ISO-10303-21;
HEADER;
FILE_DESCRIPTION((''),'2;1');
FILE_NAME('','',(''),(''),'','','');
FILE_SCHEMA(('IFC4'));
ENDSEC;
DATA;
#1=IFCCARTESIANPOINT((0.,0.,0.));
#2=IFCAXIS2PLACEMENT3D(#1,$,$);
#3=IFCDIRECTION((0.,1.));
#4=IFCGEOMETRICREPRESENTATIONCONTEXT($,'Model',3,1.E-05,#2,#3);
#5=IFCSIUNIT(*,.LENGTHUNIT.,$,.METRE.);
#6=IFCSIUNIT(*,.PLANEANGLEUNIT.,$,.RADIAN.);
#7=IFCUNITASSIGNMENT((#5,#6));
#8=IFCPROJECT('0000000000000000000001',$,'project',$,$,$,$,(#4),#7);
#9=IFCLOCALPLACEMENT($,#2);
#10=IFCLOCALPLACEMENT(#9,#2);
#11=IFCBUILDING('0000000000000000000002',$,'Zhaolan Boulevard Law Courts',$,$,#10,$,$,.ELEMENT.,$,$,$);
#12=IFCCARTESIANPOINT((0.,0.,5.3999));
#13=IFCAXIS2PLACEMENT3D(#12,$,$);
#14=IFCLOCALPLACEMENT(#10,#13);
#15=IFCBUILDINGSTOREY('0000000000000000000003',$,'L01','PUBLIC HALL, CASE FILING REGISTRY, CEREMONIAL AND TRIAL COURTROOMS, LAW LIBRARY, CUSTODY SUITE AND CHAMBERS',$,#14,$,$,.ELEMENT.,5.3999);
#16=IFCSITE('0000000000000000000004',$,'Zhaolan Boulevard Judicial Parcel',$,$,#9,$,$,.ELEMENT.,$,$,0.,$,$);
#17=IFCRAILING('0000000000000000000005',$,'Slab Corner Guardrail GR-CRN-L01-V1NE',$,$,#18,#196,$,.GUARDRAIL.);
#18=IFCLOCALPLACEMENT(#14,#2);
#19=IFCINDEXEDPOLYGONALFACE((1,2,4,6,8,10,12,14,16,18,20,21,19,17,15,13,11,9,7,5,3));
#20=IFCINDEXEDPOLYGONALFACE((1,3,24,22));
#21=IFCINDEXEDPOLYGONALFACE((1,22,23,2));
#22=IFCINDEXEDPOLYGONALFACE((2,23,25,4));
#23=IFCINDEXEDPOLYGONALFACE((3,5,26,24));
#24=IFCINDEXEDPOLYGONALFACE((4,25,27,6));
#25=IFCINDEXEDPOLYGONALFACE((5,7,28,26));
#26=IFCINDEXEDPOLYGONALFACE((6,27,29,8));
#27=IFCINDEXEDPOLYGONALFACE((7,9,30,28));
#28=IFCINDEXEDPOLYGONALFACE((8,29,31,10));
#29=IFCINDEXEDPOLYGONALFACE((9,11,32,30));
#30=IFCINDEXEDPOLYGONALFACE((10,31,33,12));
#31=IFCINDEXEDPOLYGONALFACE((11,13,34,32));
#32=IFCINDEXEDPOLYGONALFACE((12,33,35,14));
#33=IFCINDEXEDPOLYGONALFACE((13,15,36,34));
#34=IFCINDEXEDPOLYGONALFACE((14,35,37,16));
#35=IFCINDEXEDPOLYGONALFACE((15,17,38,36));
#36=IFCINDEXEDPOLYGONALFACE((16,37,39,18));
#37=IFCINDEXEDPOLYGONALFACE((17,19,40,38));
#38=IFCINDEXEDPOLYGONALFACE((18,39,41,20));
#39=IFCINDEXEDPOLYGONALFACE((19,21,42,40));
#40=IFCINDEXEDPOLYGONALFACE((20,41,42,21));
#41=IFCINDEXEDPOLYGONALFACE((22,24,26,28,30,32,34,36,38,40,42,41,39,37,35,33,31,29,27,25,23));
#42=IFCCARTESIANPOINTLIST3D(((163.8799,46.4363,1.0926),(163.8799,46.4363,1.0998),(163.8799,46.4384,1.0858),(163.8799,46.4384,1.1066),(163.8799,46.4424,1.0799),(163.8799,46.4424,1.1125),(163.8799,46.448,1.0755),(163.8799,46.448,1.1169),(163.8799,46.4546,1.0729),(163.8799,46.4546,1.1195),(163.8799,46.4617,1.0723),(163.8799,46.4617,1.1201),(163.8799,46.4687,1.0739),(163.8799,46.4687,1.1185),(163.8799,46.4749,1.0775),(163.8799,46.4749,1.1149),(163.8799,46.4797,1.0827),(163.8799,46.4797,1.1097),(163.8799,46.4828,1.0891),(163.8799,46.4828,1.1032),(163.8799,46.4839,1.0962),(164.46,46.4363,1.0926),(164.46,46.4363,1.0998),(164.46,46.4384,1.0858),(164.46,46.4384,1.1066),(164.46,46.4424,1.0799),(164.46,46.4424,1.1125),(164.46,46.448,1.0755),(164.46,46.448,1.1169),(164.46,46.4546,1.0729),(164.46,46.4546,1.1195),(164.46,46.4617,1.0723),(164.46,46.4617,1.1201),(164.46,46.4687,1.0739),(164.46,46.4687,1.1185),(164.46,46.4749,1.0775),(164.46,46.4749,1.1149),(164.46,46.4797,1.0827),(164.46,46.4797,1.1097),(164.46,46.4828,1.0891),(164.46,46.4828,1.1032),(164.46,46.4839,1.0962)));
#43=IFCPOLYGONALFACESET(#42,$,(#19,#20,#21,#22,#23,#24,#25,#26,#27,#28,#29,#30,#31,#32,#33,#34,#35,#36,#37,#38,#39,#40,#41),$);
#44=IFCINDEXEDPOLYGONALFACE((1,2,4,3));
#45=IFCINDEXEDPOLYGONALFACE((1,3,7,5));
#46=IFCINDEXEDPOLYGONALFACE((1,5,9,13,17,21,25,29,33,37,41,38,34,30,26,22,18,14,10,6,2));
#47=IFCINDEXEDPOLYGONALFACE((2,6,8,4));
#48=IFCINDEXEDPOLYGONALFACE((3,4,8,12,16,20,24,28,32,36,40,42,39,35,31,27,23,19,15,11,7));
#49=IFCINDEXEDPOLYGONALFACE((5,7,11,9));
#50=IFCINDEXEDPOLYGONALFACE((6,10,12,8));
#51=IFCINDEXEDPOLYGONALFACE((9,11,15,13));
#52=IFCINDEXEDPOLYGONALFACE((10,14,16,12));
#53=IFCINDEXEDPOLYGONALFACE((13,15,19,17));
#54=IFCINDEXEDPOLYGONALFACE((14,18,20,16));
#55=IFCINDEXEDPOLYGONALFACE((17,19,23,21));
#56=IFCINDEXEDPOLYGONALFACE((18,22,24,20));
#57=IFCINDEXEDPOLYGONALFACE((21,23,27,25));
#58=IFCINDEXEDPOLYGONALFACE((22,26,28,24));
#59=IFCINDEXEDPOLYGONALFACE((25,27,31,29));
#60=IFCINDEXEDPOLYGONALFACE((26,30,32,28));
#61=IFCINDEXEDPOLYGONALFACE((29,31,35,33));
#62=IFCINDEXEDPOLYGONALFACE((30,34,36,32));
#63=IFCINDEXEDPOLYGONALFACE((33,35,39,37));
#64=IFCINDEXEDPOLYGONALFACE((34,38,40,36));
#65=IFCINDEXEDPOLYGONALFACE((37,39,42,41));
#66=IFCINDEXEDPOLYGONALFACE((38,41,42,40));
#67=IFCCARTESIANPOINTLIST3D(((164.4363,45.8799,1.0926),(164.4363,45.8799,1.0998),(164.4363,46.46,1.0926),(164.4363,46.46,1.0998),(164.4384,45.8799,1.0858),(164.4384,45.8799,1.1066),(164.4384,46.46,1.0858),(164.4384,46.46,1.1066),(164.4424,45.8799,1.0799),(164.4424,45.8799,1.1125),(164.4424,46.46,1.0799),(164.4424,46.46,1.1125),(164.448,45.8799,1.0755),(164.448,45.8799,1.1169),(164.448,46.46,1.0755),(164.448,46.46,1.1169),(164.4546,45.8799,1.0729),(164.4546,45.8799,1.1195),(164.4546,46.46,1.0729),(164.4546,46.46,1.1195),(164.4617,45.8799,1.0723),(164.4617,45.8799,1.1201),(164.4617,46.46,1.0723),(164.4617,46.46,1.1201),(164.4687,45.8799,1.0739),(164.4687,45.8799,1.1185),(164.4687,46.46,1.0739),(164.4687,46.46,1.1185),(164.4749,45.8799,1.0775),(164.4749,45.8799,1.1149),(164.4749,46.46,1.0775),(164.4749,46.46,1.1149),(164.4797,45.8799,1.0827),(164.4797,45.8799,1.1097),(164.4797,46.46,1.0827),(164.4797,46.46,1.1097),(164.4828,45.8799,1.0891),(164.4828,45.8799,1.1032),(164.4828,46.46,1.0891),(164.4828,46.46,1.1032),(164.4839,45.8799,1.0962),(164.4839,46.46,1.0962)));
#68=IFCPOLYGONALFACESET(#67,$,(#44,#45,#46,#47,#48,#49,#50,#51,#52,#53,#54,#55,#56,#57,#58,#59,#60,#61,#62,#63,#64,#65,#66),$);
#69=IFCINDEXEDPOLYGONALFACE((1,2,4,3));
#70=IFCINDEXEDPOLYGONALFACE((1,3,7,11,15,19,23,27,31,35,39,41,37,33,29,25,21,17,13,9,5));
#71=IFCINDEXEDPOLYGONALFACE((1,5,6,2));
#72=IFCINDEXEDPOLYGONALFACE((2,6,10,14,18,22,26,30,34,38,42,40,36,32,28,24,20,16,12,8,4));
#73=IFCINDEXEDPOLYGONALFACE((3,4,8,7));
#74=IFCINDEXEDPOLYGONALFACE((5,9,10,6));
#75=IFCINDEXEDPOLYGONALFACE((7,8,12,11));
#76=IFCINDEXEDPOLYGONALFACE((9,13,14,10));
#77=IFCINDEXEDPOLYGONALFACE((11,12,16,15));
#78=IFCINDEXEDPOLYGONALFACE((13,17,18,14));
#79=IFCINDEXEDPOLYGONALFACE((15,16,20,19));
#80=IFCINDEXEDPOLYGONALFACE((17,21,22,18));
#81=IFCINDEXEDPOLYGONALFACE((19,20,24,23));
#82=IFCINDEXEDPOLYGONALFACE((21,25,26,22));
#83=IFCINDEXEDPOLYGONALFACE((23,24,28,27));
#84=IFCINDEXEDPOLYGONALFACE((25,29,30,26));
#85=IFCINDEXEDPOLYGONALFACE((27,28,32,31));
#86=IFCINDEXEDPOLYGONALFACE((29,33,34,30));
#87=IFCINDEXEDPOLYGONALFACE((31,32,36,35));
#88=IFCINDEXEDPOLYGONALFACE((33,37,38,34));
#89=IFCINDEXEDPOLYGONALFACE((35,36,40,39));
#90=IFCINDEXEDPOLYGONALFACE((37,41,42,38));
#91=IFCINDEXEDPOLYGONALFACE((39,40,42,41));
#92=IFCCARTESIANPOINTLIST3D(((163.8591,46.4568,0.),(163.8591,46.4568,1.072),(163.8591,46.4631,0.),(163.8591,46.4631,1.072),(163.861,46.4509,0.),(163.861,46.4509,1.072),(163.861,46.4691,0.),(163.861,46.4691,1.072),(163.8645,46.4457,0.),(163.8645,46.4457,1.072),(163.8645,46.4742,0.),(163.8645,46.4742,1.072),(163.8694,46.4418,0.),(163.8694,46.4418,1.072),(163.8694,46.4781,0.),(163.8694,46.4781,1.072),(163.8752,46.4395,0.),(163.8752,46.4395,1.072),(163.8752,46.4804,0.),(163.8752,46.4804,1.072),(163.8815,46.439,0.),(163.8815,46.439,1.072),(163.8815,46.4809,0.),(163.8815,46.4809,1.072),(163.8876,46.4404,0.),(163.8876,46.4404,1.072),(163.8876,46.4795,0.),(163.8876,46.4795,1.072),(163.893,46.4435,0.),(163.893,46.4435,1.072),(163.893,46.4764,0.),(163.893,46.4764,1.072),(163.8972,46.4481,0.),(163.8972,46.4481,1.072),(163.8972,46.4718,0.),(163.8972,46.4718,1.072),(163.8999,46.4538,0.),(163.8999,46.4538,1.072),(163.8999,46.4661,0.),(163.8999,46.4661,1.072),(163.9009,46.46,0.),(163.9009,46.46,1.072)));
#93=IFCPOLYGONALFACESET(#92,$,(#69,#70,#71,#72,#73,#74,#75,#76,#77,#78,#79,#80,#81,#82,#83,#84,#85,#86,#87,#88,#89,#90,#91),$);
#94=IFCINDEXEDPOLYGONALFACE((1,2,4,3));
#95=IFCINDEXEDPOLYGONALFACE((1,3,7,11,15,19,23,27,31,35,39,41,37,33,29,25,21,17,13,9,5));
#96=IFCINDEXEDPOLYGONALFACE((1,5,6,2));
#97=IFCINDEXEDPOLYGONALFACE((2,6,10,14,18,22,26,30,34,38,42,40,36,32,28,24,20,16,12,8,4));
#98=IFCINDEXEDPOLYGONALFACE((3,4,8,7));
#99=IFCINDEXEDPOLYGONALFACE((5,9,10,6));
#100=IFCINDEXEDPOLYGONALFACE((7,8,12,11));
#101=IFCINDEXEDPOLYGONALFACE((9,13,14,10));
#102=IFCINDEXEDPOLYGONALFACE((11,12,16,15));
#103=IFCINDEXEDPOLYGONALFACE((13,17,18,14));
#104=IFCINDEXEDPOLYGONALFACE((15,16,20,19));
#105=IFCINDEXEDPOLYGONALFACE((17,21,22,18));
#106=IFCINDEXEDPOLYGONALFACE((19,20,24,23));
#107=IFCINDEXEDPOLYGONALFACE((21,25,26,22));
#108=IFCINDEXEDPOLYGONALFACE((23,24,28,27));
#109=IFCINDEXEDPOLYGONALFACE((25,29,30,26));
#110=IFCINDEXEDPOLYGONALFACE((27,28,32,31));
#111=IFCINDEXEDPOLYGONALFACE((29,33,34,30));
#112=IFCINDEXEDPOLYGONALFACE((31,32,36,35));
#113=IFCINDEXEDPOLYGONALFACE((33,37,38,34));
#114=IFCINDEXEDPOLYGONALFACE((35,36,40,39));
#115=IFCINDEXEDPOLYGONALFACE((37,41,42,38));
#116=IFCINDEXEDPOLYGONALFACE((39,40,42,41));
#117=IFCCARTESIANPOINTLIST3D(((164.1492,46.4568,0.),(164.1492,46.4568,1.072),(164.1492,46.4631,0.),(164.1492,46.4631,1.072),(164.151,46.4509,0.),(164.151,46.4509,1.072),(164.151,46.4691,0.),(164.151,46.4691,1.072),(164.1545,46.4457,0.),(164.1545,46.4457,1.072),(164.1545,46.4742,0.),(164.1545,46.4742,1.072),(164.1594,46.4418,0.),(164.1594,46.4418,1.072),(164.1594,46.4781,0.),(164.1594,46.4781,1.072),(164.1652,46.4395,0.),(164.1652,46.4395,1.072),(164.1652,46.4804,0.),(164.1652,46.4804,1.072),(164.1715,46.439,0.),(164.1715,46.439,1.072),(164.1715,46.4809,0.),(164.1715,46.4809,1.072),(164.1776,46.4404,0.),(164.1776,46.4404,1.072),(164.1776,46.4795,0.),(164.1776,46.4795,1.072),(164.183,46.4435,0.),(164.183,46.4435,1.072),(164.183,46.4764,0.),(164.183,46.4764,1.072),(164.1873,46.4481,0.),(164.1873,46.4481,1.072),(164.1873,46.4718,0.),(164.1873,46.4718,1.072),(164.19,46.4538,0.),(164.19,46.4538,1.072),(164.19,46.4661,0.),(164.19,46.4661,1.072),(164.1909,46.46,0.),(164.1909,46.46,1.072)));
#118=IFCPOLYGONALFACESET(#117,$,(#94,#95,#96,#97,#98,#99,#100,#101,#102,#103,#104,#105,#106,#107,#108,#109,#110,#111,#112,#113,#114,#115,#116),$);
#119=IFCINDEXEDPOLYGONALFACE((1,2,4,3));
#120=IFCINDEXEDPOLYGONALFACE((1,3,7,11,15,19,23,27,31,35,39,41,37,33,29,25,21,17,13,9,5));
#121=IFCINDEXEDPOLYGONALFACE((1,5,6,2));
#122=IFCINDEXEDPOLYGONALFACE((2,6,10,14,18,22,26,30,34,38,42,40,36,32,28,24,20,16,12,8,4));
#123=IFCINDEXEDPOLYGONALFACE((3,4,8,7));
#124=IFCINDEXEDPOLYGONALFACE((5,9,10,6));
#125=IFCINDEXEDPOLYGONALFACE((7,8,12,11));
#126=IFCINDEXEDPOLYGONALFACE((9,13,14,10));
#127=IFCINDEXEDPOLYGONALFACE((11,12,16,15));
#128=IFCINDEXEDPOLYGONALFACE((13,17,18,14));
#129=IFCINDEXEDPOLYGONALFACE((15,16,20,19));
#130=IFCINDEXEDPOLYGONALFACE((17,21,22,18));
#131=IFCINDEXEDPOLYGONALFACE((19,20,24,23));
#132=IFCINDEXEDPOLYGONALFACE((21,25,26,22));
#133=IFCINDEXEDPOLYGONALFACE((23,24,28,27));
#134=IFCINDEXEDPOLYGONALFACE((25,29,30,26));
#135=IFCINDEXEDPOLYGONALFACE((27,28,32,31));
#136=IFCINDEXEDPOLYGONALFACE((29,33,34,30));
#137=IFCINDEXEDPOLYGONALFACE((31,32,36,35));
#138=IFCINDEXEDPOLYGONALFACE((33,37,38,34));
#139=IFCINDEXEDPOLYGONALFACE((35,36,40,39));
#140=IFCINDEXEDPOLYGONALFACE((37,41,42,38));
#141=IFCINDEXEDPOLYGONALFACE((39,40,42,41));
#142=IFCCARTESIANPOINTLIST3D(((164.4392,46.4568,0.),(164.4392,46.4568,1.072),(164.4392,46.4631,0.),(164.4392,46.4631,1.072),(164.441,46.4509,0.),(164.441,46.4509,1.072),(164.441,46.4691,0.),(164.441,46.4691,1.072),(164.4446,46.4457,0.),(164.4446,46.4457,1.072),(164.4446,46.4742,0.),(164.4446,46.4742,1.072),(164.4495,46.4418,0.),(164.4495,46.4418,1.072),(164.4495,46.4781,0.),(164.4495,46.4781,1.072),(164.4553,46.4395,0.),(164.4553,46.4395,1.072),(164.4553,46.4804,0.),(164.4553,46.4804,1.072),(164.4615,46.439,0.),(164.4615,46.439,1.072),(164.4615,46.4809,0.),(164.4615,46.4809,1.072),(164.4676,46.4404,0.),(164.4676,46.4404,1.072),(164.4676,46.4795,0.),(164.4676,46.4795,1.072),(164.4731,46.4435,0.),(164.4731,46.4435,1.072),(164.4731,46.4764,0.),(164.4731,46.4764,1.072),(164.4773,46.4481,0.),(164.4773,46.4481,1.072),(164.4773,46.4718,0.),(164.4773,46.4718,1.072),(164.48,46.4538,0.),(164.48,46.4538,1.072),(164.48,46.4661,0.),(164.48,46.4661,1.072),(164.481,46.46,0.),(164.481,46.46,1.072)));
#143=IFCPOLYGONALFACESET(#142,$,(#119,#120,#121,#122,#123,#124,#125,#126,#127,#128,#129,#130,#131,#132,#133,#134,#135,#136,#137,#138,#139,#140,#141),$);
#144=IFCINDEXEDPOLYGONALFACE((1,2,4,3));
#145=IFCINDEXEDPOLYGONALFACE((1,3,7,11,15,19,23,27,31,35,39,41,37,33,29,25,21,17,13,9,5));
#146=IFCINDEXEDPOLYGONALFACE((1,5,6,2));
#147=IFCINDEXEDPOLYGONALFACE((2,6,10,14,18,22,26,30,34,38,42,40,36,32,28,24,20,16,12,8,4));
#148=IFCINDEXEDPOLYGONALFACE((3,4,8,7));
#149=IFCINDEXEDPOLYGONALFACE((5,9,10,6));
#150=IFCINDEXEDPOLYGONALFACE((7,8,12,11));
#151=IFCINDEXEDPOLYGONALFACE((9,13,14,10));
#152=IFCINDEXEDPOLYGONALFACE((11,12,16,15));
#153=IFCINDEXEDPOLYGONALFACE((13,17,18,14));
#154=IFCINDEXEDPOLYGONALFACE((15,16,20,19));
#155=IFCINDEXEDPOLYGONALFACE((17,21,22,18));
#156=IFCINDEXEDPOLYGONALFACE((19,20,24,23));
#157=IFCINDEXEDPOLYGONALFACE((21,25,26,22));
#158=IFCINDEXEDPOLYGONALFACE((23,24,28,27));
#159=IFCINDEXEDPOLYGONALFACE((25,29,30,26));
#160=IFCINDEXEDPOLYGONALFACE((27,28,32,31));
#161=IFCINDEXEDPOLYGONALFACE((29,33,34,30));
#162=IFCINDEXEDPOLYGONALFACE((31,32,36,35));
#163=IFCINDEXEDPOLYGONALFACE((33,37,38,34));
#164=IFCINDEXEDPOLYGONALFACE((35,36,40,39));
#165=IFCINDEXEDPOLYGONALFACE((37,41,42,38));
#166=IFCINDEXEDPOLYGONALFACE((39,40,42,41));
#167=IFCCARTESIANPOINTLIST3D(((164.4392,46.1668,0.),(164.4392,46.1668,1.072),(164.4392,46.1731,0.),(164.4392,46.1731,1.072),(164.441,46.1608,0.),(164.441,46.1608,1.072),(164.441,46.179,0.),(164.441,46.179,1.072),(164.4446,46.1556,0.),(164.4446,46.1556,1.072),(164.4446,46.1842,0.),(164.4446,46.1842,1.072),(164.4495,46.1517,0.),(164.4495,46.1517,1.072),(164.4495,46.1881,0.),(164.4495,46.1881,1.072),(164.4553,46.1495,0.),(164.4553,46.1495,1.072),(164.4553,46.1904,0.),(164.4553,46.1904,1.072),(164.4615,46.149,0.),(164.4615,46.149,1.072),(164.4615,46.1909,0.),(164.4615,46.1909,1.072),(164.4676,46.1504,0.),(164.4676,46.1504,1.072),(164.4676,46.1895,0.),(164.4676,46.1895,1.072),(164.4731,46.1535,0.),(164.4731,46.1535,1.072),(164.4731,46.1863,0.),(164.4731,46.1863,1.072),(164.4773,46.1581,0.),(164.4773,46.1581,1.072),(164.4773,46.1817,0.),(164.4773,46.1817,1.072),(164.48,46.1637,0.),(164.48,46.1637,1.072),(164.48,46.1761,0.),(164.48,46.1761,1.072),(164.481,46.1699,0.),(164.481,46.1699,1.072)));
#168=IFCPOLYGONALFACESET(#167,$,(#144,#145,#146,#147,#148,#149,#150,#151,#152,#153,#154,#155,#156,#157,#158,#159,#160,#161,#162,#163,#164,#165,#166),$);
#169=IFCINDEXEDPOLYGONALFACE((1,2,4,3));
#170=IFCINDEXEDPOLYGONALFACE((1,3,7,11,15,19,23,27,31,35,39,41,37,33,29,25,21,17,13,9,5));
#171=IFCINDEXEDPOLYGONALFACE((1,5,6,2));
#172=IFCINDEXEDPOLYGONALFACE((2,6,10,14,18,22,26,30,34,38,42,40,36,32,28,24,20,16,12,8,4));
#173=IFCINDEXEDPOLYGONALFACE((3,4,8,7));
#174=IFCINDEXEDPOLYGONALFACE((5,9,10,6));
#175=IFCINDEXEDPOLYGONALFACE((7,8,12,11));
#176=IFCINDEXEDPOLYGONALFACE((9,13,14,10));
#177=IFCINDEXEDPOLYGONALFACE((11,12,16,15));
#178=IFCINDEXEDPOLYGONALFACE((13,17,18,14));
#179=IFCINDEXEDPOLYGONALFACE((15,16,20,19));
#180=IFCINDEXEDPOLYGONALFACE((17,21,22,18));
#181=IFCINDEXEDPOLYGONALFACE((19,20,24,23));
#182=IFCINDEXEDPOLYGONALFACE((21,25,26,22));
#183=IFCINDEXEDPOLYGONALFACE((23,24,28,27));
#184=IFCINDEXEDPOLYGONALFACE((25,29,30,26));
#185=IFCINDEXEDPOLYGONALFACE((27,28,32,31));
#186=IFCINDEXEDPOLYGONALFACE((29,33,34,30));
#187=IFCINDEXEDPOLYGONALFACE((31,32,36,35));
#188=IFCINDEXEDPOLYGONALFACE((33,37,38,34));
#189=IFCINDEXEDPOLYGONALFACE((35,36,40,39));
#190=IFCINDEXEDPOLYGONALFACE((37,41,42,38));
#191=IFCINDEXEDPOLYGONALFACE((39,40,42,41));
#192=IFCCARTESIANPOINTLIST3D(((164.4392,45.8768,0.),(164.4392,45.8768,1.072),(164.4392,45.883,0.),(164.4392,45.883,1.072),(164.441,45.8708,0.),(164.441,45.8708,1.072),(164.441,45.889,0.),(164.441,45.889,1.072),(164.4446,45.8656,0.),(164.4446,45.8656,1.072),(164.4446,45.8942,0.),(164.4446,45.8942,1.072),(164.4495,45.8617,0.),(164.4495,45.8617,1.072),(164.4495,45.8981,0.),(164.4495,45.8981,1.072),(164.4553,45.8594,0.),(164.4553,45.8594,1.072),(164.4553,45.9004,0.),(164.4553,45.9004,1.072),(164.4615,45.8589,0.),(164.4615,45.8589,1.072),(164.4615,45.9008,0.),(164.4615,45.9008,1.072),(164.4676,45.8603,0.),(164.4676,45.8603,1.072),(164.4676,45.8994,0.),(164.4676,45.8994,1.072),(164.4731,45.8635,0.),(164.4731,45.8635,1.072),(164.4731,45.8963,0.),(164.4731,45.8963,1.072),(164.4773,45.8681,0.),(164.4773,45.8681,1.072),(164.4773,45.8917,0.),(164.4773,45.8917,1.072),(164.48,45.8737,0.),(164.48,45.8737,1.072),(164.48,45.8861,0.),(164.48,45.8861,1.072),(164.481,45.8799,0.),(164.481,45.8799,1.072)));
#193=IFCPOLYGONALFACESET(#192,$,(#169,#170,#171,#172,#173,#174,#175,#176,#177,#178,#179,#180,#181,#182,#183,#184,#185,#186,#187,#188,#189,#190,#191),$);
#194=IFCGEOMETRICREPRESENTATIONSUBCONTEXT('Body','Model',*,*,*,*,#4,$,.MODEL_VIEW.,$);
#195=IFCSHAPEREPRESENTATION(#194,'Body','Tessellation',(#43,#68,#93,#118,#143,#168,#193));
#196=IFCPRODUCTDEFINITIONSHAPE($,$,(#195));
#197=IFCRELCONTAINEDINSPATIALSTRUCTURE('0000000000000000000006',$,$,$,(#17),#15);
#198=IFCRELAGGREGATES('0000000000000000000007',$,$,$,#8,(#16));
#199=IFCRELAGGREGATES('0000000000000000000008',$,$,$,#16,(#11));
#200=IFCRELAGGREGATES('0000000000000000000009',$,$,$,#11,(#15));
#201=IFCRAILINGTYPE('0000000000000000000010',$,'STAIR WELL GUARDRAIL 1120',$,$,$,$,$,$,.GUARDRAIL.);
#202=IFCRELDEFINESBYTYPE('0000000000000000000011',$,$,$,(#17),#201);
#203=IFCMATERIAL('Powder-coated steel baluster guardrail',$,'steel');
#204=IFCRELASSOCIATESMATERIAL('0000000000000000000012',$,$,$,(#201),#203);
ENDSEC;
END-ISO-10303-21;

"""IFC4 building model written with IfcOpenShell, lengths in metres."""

from ifc_helpers import new_model, si_unit, direction, frame, origin, origin_2d, place, context, subcontext, project, spatial, circle, extrude, material, type_object, element, save


model = new_model("IFC4")

# Units and contexts
model_context = context("Model", 3, precision=1e-05, world=origin(), true_north=direction((0.0, 1.0)))
body_context = subcontext(model_context, "Body", "Model", "MODEL_VIEW")
ifc_project = project(units=[si_unit("LENGTHUNIT", "METRE"), si_unit("PLANEANGLEUNIT", "RADIAN")], contexts=[model_context])

# Site, building, storey
site_placement = place(None, origin())
site = spatial("IfcSite", under=ifc_project, at=site_placement, Name="Zhaolan Boulevard Judicial Parcel", CompositionType="ELEMENT", RefElevation=0.0)
building_placement = place(site_placement, origin())
building = spatial("IfcBuilding", under=site, at=building_placement, Name="Zhaolan Boulevard Law Courts", CompositionType="ELEMENT")
storey_placement = place(building_placement, frame((0.0, 0.0, 5.3999)))
storey = spatial("IfcBuildingStorey", under=building, at=storey_placement, Name="L01", Description="PUBLIC HALL, CASE FILING REGISTRY, CEREMONIAL AND TRIAL COURTROOMS, LAW LIBRARY, CUSTODY SUITE AND CHAMBERS", CompositionType="ELEMENT", Elevation=5.3999)

# Railing
ifc_material_1 = material(Name="Powder-coated steel baluster guardrail", Category="steel")
railing_type_1 = type_object("IfcRailingType", Name="STAIR WELL GUARDRAIL 1120", PredefinedType="GUARDRAIL", material=ifc_material_1)
railing_1_placement = place(storey_placement, frame((163.8799, 46.46, 0.0)))
element("IfcRailing", 1, at=railing_1_placement, inside=storey, type_object=railing_type_1, Name="Slab Corner Guardrail GR-CRN-L01-V1NE", PredefinedType="GUARDRAIL", context=body_context, shape_type="SweptSolid", body=[
    extrude(circle(Radius=0.0239, at=origin_2d()), frame((0.0, 0.0, 1.0962), z_axis=(1.0, 0.0, 0.0), x_axis=(0.0, 1.0, 0.0)), (0.0, 0.0, 1.0), 0.5801),
    extrude(circle(Radius=0.0239, at=origin_2d()), frame((0.5801, 0.0, 1.0962), z_axis=(0.0, -1.0, 0.0), x_axis=(1.0, 0.0, 0.0)), (0.0, 0.0, 1.0), 0.5801),
    extrude(circle(Radius=0.021, at=origin_2d()), origin(), (0.0, 0.0, 1.0), 1.072),
    extrude(circle(Radius=0.021, at=origin_2d()), frame((0.29, 0.0, 0.0)), (0.0, 0.0, 1.0), 1.072),
    extrude(circle(Radius=0.021, at=origin_2d()), frame((0.5801, 0.0, 0.0)), (0.0, 0.0, 1.0), 1.072),
    extrude(circle(Radius=0.021, at=origin_2d()), frame((0.5801, -0.29, 0.0)), (0.0, 0.0, 1.0), 1.072),
    extrude(circle(Radius=0.021, at=origin_2d()), frame((0.5801, -0.5801, 0.0)), (0.0, 0.0, 1.0), 1.072),
])

save(model, "model.ifc")
